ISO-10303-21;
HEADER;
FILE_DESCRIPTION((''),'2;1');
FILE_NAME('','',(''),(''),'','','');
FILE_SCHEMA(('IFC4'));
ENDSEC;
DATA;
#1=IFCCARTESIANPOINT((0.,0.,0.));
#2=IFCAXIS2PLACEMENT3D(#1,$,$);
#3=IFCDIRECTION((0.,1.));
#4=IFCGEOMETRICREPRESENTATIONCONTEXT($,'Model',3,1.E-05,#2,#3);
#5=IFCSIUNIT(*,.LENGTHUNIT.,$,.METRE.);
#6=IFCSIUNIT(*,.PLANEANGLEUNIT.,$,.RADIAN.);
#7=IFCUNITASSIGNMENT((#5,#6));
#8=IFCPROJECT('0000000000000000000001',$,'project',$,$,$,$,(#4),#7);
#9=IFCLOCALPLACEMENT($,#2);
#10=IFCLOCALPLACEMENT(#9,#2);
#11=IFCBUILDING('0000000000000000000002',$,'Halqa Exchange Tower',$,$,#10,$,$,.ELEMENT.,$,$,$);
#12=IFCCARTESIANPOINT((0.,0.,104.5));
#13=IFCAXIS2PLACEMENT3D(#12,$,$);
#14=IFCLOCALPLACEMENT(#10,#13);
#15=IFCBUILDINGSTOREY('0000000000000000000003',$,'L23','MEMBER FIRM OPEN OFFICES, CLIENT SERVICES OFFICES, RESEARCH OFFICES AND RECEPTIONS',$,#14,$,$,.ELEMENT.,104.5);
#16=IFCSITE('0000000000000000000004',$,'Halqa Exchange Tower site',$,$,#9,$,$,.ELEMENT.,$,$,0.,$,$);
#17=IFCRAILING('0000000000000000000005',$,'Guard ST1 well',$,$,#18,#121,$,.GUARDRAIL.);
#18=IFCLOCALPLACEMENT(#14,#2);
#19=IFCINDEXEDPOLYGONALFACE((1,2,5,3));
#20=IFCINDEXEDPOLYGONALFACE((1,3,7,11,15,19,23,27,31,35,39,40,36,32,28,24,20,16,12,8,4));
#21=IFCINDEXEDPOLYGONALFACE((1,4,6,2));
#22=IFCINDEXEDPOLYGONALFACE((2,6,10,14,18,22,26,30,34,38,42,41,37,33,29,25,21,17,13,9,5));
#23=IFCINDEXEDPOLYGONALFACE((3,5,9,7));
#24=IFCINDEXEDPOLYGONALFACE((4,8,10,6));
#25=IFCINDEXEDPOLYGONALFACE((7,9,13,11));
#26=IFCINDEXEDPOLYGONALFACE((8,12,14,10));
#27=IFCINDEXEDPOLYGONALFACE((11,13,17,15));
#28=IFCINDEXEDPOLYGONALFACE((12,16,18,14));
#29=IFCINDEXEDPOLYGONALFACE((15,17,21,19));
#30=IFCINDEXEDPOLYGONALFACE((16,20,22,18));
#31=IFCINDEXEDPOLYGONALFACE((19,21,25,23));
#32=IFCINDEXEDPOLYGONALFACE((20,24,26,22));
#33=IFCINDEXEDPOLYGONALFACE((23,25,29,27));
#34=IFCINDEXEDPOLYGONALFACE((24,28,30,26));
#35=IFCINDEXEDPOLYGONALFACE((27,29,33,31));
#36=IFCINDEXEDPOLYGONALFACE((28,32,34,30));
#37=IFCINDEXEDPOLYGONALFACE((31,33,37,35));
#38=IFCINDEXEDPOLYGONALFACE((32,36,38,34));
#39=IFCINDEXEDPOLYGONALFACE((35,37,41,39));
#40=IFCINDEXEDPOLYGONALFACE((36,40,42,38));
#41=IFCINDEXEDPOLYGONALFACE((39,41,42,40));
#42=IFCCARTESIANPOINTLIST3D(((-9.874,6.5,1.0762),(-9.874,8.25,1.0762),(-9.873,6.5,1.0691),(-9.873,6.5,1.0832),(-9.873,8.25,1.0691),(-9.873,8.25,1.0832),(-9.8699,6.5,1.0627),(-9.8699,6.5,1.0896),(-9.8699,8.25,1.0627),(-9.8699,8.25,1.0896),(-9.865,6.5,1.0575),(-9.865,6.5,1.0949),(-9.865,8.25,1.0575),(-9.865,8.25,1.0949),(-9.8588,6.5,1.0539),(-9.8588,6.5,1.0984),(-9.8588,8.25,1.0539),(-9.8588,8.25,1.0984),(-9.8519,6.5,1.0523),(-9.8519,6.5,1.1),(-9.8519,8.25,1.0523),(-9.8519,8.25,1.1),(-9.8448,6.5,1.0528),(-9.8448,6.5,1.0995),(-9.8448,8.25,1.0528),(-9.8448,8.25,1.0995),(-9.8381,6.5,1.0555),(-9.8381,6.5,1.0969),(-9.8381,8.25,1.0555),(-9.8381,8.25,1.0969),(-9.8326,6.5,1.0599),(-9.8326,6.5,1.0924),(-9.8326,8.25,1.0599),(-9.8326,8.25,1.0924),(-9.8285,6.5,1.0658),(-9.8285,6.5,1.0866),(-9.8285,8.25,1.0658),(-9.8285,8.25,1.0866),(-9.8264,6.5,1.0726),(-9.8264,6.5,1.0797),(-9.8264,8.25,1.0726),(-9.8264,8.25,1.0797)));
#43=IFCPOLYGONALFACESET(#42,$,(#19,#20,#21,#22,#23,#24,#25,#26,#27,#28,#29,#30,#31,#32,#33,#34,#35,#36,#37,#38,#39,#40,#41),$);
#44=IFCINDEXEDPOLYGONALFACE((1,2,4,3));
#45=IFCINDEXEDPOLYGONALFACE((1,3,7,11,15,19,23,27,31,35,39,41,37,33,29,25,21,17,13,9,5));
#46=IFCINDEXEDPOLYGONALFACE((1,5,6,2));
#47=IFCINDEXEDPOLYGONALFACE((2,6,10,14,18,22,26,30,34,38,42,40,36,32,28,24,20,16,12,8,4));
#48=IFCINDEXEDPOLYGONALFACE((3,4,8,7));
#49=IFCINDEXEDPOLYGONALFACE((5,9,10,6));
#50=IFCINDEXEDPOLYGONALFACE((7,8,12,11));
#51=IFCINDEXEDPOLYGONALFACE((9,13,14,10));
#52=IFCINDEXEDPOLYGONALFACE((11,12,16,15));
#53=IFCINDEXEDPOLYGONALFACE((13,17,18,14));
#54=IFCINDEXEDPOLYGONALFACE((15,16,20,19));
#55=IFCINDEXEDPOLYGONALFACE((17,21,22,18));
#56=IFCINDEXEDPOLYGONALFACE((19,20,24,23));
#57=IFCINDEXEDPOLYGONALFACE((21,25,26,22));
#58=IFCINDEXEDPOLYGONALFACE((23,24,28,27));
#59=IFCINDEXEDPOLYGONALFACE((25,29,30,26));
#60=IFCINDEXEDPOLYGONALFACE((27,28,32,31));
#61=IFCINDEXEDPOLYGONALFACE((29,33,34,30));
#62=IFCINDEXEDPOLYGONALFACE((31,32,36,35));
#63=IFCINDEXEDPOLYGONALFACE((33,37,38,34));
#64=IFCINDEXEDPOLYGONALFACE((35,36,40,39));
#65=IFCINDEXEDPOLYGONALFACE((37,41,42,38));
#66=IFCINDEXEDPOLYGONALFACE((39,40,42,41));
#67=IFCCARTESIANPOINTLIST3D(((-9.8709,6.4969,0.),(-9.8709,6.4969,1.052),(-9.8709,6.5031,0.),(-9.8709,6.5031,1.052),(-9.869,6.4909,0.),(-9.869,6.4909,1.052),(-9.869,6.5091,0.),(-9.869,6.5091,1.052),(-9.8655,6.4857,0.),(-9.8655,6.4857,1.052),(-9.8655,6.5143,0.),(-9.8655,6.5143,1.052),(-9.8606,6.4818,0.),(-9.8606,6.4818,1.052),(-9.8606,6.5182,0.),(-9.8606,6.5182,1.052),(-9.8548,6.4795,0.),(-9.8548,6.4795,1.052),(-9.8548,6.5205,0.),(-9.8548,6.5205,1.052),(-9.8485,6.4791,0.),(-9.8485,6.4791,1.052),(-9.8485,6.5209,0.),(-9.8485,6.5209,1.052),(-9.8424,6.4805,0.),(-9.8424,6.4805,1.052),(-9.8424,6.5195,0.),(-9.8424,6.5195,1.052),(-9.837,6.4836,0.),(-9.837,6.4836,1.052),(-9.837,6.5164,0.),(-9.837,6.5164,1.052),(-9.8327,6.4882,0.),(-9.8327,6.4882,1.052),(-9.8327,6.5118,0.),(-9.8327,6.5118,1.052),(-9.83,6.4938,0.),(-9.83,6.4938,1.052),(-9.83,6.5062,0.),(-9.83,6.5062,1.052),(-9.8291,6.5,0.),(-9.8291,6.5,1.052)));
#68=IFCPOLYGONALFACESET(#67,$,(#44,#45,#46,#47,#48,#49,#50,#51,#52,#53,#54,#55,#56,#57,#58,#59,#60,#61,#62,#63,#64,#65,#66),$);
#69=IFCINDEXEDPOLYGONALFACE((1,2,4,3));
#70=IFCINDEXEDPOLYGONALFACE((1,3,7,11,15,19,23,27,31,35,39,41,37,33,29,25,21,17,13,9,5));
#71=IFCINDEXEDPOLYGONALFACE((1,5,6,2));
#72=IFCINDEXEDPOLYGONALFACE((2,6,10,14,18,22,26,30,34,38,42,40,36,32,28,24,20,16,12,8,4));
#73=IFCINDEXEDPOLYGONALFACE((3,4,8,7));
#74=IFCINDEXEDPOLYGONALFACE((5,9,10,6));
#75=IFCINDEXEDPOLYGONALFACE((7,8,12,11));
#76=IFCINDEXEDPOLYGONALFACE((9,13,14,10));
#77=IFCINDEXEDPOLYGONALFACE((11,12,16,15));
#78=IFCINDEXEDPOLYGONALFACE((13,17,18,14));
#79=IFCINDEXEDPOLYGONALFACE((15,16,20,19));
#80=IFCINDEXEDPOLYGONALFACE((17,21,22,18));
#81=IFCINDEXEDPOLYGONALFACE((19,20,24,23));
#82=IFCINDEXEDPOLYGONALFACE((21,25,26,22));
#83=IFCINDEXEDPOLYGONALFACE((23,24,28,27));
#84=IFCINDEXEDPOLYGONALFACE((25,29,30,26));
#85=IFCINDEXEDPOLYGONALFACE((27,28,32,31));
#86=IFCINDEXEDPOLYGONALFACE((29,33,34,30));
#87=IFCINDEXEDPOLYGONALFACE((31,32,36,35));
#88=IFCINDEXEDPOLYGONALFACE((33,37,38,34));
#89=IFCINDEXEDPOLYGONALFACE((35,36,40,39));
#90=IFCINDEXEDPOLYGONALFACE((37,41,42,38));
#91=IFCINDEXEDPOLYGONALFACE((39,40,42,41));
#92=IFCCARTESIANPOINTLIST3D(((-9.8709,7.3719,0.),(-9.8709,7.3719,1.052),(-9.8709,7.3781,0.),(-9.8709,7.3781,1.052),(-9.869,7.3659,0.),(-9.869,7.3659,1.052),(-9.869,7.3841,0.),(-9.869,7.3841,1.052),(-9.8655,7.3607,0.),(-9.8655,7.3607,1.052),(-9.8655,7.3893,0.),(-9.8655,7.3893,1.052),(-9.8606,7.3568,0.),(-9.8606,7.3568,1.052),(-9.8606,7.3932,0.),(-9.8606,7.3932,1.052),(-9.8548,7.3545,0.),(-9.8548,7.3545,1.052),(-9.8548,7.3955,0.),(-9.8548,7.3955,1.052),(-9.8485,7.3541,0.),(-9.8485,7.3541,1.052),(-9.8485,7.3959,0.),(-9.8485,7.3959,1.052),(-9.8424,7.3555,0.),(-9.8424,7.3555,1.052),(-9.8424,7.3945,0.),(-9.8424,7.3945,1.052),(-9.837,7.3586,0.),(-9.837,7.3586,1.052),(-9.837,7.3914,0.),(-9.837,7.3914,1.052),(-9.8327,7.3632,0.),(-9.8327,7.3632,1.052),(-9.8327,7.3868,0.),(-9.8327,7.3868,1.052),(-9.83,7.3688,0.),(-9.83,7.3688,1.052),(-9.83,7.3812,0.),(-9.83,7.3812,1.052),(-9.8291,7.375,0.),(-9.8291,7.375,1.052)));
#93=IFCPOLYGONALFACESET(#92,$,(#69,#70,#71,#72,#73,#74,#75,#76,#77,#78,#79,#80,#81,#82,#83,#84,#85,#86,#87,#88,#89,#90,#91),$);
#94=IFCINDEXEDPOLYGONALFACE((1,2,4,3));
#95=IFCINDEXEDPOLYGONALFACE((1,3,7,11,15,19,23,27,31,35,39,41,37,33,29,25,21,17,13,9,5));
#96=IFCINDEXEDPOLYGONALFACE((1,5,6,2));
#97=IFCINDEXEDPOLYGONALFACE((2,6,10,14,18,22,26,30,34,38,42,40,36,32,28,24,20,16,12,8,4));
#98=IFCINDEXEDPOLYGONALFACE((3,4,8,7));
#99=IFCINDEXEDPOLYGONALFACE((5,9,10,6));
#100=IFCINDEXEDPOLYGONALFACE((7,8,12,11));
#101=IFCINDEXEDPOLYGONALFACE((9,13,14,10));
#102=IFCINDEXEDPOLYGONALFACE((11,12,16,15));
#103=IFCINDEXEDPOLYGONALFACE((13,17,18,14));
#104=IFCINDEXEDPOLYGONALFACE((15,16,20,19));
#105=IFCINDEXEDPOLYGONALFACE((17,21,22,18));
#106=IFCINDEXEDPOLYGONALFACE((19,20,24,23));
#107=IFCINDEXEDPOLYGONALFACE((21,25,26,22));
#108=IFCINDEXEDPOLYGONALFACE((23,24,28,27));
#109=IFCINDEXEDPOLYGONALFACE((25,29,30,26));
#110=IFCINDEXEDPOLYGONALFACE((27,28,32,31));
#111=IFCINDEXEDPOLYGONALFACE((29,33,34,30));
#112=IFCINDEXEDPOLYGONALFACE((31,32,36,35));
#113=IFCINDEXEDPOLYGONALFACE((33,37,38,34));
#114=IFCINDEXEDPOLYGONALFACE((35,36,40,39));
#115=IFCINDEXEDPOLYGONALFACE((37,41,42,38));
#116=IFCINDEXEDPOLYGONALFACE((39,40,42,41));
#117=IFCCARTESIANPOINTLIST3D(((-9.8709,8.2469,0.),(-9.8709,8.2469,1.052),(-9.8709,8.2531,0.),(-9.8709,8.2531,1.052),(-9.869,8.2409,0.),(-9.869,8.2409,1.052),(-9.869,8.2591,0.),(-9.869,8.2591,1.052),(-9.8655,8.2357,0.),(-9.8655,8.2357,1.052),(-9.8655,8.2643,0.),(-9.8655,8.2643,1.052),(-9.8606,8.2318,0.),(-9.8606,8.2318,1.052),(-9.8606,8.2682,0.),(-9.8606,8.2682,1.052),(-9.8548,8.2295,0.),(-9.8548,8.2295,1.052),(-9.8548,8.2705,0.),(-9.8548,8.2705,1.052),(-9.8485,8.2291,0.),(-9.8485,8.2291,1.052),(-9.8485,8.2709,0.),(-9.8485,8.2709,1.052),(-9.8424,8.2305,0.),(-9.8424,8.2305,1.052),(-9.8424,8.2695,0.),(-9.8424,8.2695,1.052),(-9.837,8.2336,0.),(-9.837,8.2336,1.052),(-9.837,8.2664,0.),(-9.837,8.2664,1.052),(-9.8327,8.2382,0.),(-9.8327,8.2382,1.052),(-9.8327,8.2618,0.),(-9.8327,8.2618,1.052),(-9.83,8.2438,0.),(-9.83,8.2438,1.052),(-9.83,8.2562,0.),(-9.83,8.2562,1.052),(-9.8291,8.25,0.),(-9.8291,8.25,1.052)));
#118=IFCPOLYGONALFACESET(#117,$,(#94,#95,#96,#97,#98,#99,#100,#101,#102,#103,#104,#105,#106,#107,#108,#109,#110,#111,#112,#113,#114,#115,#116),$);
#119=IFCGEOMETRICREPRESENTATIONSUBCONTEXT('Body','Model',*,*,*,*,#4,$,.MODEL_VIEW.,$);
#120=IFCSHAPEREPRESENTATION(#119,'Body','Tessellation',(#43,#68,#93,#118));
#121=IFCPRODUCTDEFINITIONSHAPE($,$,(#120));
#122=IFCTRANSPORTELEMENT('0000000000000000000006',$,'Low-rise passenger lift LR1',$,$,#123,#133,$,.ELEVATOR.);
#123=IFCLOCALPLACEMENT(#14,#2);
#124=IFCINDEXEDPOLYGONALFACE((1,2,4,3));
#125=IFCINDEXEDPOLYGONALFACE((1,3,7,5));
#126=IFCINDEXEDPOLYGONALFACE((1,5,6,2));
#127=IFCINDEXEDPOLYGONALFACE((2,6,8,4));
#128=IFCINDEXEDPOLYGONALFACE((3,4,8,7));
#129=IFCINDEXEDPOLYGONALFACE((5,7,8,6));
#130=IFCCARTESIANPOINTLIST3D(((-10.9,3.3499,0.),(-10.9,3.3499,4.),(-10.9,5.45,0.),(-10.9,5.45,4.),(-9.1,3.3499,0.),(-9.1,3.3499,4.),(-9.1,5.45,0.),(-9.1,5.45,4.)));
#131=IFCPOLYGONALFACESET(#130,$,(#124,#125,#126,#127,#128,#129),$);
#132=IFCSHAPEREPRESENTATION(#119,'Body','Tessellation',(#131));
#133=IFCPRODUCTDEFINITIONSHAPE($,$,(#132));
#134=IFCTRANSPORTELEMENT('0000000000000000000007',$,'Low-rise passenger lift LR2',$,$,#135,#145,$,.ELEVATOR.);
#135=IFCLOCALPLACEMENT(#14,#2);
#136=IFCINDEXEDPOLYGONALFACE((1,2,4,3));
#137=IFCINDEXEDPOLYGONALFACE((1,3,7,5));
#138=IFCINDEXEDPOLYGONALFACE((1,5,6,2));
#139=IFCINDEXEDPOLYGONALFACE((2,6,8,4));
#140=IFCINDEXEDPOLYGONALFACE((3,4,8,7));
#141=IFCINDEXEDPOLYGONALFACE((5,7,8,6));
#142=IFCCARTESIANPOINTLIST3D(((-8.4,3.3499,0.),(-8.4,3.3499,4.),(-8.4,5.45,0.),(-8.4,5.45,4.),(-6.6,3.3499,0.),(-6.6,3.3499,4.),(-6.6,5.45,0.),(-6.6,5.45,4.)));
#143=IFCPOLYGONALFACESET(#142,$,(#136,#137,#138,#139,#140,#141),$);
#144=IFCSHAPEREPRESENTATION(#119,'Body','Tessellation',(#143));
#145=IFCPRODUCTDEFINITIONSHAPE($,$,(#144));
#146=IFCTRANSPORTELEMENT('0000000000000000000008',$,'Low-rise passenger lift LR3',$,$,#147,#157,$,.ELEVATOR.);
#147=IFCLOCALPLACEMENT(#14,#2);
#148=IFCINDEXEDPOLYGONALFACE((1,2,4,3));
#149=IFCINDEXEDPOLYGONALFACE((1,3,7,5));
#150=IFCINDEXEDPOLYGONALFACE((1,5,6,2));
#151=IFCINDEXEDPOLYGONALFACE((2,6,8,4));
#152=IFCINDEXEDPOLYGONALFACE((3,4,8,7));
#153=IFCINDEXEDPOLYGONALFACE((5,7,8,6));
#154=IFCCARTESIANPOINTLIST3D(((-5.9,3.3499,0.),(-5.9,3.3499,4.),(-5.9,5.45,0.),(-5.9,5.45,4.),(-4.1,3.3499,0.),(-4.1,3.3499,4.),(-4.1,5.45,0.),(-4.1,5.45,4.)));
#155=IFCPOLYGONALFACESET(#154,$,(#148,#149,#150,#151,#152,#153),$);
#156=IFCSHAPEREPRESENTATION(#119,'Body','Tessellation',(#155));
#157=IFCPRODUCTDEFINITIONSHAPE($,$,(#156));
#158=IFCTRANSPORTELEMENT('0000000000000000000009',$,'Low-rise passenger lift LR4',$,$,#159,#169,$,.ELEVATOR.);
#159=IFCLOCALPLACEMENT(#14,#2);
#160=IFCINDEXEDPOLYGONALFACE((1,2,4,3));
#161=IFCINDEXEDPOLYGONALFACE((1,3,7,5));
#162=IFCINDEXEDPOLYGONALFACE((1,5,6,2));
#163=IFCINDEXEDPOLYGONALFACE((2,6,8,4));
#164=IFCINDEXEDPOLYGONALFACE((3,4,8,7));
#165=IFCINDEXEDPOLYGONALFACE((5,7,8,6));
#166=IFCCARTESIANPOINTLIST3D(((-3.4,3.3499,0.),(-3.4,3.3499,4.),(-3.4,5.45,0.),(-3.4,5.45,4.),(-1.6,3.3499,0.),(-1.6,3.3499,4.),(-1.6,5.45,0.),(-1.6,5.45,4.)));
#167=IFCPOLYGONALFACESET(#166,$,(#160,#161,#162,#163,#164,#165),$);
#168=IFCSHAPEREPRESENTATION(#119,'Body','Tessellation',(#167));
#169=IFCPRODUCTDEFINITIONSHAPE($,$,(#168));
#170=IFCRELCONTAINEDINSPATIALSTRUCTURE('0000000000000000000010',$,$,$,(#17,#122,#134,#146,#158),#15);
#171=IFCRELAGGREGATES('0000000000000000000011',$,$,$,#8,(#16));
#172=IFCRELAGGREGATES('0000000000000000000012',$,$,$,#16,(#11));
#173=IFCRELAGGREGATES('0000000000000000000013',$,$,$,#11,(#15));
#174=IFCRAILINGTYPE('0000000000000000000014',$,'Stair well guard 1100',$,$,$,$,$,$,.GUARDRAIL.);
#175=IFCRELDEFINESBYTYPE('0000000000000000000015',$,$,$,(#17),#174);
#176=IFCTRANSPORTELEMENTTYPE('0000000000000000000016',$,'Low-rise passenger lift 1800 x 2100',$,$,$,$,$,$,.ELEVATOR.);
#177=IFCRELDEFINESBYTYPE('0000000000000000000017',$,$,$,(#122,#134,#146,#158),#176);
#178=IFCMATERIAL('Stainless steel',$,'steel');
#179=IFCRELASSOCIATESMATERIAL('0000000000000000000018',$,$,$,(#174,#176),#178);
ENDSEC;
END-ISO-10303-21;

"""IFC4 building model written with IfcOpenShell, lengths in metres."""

from ifc_helpers import new_model, si_unit, direction, frame, origin, origin_2d, place, context, subcontext, project, spatial, rectangle, circle, extrude, material, type_object, element, save


model = new_model("IFC4")

# Units and contexts
model_context = context("Model", 3, precision=1e-05, world=origin(), true_north=direction((0.0, 1.0)))
body_context = subcontext(model_context, "Body", "Model", "MODEL_VIEW")
ifc_project = project(units=[si_unit("LENGTHUNIT", "METRE"), si_unit("PLANEANGLEUNIT", "RADIAN")], contexts=[model_context])

# Site, building, storey
site_placement = place(None, origin())
site = spatial("IfcSite", under=ifc_project, at=site_placement, Name="Halqa Exchange Tower site", CompositionType="ELEMENT", RefElevation=0.0)
building_placement = place(site_placement, origin())
building = spatial("IfcBuilding", under=site, at=building_placement, Name="Halqa Exchange Tower", CompositionType="ELEMENT")
storey_placement = place(building_placement, frame((0.0, 0.0, 104.5)))
storey = spatial("IfcBuildingStorey", under=building, at=storey_placement, Name="L23", Description="MEMBER FIRM OPEN OFFICES, CLIENT SERVICES OFFICES, RESEARCH OFFICES AND RECEPTIONS", CompositionType="ELEMENT", Elevation=104.5)

# Shared definitions
ifc_material_1 = material(Name="Stainless steel", Category="steel")

# Railing
railing_type_1 = type_object("IfcRailingType", Name="Stair well guard 1100", PredefinedType="GUARDRAIL", material=ifc_material_1)
railing_1_placement = place(storey_placement, frame((-9.8501, 6.5, 0.0)))
element("IfcRailing", 1, at=railing_1_placement, inside=storey, type_object=railing_type_1, Name="Guard ST1 well", PredefinedType="GUARDRAIL", context=body_context, shape_type="SweptSolid", body=[
    extrude(circle(Radius=0.0239, at=origin_2d()), frame((0.0, 0.0, 1.0762), z_axis=(0.0, 1.0, 0.0), x_axis=(-1.0, 0.0, 0.0)), (0.0, 0.0, 1.0), 1.75),
    extrude(circle(Radius=0.021, at=origin_2d()), origin(), (0.0, 0.0, 1.0), 1.052),
    extrude(circle(Radius=0.021, at=origin_2d()), frame((0.0, 0.875, 0.0)), (0.0, 0.0, 1.0), 1.052),
    extrude(circle(Radius=0.021, at=origin_2d()), frame((0.0, 1.75, 0.0)), (0.0, 0.0, 1.0), 1.052),
])

# Transport elements
transport_element_type = type_object("IfcTransportElementType", Name="Low-rise passenger lift 1800 x 2100", PredefinedType="ELEVATOR", material=ifc_material_1)
for number, where, z_axis, x_axis, name in (
    (2, (-10.0, 4.3999, 0.0), (0.0, 0.0, 1.0), (1.0, 0.0, 0.0), "Low-rise passenger lift LR1"),
    (3, (-7.5, 4.3999, 0.0), (0.0, 0.0, 1.0), (1.0, 0.0, 0.0), "Low-rise passenger lift LR2"),
    (4, (-5.0, 4.3999, 0.0), (0.0, 0.0, 1.0), (1.0, 0.0, 0.0), "Low-rise passenger lift LR3"),
    (5, (-2.5, 4.3999, 0.0), (0.0, 0.0, 1.0), (1.0, 0.0, 0.0), "Low-rise passenger lift LR4"),
):
    element("IfcTransportElement", number, at=place(storey_placement, frame(where, z_axis=z_axis, x_axis=x_axis)), inside=storey, type_object=transport_element_type, Name=name, PredefinedType="ELEVATOR", context=body_context, shape_type="SweptSolid", body=[
        extrude(rectangle(XDim=1.8, YDim=2.1001, at=origin_2d()), origin(), (0.0, 0.0, 1.0), 4.0),
    ])

save(model, "model.ifc")
